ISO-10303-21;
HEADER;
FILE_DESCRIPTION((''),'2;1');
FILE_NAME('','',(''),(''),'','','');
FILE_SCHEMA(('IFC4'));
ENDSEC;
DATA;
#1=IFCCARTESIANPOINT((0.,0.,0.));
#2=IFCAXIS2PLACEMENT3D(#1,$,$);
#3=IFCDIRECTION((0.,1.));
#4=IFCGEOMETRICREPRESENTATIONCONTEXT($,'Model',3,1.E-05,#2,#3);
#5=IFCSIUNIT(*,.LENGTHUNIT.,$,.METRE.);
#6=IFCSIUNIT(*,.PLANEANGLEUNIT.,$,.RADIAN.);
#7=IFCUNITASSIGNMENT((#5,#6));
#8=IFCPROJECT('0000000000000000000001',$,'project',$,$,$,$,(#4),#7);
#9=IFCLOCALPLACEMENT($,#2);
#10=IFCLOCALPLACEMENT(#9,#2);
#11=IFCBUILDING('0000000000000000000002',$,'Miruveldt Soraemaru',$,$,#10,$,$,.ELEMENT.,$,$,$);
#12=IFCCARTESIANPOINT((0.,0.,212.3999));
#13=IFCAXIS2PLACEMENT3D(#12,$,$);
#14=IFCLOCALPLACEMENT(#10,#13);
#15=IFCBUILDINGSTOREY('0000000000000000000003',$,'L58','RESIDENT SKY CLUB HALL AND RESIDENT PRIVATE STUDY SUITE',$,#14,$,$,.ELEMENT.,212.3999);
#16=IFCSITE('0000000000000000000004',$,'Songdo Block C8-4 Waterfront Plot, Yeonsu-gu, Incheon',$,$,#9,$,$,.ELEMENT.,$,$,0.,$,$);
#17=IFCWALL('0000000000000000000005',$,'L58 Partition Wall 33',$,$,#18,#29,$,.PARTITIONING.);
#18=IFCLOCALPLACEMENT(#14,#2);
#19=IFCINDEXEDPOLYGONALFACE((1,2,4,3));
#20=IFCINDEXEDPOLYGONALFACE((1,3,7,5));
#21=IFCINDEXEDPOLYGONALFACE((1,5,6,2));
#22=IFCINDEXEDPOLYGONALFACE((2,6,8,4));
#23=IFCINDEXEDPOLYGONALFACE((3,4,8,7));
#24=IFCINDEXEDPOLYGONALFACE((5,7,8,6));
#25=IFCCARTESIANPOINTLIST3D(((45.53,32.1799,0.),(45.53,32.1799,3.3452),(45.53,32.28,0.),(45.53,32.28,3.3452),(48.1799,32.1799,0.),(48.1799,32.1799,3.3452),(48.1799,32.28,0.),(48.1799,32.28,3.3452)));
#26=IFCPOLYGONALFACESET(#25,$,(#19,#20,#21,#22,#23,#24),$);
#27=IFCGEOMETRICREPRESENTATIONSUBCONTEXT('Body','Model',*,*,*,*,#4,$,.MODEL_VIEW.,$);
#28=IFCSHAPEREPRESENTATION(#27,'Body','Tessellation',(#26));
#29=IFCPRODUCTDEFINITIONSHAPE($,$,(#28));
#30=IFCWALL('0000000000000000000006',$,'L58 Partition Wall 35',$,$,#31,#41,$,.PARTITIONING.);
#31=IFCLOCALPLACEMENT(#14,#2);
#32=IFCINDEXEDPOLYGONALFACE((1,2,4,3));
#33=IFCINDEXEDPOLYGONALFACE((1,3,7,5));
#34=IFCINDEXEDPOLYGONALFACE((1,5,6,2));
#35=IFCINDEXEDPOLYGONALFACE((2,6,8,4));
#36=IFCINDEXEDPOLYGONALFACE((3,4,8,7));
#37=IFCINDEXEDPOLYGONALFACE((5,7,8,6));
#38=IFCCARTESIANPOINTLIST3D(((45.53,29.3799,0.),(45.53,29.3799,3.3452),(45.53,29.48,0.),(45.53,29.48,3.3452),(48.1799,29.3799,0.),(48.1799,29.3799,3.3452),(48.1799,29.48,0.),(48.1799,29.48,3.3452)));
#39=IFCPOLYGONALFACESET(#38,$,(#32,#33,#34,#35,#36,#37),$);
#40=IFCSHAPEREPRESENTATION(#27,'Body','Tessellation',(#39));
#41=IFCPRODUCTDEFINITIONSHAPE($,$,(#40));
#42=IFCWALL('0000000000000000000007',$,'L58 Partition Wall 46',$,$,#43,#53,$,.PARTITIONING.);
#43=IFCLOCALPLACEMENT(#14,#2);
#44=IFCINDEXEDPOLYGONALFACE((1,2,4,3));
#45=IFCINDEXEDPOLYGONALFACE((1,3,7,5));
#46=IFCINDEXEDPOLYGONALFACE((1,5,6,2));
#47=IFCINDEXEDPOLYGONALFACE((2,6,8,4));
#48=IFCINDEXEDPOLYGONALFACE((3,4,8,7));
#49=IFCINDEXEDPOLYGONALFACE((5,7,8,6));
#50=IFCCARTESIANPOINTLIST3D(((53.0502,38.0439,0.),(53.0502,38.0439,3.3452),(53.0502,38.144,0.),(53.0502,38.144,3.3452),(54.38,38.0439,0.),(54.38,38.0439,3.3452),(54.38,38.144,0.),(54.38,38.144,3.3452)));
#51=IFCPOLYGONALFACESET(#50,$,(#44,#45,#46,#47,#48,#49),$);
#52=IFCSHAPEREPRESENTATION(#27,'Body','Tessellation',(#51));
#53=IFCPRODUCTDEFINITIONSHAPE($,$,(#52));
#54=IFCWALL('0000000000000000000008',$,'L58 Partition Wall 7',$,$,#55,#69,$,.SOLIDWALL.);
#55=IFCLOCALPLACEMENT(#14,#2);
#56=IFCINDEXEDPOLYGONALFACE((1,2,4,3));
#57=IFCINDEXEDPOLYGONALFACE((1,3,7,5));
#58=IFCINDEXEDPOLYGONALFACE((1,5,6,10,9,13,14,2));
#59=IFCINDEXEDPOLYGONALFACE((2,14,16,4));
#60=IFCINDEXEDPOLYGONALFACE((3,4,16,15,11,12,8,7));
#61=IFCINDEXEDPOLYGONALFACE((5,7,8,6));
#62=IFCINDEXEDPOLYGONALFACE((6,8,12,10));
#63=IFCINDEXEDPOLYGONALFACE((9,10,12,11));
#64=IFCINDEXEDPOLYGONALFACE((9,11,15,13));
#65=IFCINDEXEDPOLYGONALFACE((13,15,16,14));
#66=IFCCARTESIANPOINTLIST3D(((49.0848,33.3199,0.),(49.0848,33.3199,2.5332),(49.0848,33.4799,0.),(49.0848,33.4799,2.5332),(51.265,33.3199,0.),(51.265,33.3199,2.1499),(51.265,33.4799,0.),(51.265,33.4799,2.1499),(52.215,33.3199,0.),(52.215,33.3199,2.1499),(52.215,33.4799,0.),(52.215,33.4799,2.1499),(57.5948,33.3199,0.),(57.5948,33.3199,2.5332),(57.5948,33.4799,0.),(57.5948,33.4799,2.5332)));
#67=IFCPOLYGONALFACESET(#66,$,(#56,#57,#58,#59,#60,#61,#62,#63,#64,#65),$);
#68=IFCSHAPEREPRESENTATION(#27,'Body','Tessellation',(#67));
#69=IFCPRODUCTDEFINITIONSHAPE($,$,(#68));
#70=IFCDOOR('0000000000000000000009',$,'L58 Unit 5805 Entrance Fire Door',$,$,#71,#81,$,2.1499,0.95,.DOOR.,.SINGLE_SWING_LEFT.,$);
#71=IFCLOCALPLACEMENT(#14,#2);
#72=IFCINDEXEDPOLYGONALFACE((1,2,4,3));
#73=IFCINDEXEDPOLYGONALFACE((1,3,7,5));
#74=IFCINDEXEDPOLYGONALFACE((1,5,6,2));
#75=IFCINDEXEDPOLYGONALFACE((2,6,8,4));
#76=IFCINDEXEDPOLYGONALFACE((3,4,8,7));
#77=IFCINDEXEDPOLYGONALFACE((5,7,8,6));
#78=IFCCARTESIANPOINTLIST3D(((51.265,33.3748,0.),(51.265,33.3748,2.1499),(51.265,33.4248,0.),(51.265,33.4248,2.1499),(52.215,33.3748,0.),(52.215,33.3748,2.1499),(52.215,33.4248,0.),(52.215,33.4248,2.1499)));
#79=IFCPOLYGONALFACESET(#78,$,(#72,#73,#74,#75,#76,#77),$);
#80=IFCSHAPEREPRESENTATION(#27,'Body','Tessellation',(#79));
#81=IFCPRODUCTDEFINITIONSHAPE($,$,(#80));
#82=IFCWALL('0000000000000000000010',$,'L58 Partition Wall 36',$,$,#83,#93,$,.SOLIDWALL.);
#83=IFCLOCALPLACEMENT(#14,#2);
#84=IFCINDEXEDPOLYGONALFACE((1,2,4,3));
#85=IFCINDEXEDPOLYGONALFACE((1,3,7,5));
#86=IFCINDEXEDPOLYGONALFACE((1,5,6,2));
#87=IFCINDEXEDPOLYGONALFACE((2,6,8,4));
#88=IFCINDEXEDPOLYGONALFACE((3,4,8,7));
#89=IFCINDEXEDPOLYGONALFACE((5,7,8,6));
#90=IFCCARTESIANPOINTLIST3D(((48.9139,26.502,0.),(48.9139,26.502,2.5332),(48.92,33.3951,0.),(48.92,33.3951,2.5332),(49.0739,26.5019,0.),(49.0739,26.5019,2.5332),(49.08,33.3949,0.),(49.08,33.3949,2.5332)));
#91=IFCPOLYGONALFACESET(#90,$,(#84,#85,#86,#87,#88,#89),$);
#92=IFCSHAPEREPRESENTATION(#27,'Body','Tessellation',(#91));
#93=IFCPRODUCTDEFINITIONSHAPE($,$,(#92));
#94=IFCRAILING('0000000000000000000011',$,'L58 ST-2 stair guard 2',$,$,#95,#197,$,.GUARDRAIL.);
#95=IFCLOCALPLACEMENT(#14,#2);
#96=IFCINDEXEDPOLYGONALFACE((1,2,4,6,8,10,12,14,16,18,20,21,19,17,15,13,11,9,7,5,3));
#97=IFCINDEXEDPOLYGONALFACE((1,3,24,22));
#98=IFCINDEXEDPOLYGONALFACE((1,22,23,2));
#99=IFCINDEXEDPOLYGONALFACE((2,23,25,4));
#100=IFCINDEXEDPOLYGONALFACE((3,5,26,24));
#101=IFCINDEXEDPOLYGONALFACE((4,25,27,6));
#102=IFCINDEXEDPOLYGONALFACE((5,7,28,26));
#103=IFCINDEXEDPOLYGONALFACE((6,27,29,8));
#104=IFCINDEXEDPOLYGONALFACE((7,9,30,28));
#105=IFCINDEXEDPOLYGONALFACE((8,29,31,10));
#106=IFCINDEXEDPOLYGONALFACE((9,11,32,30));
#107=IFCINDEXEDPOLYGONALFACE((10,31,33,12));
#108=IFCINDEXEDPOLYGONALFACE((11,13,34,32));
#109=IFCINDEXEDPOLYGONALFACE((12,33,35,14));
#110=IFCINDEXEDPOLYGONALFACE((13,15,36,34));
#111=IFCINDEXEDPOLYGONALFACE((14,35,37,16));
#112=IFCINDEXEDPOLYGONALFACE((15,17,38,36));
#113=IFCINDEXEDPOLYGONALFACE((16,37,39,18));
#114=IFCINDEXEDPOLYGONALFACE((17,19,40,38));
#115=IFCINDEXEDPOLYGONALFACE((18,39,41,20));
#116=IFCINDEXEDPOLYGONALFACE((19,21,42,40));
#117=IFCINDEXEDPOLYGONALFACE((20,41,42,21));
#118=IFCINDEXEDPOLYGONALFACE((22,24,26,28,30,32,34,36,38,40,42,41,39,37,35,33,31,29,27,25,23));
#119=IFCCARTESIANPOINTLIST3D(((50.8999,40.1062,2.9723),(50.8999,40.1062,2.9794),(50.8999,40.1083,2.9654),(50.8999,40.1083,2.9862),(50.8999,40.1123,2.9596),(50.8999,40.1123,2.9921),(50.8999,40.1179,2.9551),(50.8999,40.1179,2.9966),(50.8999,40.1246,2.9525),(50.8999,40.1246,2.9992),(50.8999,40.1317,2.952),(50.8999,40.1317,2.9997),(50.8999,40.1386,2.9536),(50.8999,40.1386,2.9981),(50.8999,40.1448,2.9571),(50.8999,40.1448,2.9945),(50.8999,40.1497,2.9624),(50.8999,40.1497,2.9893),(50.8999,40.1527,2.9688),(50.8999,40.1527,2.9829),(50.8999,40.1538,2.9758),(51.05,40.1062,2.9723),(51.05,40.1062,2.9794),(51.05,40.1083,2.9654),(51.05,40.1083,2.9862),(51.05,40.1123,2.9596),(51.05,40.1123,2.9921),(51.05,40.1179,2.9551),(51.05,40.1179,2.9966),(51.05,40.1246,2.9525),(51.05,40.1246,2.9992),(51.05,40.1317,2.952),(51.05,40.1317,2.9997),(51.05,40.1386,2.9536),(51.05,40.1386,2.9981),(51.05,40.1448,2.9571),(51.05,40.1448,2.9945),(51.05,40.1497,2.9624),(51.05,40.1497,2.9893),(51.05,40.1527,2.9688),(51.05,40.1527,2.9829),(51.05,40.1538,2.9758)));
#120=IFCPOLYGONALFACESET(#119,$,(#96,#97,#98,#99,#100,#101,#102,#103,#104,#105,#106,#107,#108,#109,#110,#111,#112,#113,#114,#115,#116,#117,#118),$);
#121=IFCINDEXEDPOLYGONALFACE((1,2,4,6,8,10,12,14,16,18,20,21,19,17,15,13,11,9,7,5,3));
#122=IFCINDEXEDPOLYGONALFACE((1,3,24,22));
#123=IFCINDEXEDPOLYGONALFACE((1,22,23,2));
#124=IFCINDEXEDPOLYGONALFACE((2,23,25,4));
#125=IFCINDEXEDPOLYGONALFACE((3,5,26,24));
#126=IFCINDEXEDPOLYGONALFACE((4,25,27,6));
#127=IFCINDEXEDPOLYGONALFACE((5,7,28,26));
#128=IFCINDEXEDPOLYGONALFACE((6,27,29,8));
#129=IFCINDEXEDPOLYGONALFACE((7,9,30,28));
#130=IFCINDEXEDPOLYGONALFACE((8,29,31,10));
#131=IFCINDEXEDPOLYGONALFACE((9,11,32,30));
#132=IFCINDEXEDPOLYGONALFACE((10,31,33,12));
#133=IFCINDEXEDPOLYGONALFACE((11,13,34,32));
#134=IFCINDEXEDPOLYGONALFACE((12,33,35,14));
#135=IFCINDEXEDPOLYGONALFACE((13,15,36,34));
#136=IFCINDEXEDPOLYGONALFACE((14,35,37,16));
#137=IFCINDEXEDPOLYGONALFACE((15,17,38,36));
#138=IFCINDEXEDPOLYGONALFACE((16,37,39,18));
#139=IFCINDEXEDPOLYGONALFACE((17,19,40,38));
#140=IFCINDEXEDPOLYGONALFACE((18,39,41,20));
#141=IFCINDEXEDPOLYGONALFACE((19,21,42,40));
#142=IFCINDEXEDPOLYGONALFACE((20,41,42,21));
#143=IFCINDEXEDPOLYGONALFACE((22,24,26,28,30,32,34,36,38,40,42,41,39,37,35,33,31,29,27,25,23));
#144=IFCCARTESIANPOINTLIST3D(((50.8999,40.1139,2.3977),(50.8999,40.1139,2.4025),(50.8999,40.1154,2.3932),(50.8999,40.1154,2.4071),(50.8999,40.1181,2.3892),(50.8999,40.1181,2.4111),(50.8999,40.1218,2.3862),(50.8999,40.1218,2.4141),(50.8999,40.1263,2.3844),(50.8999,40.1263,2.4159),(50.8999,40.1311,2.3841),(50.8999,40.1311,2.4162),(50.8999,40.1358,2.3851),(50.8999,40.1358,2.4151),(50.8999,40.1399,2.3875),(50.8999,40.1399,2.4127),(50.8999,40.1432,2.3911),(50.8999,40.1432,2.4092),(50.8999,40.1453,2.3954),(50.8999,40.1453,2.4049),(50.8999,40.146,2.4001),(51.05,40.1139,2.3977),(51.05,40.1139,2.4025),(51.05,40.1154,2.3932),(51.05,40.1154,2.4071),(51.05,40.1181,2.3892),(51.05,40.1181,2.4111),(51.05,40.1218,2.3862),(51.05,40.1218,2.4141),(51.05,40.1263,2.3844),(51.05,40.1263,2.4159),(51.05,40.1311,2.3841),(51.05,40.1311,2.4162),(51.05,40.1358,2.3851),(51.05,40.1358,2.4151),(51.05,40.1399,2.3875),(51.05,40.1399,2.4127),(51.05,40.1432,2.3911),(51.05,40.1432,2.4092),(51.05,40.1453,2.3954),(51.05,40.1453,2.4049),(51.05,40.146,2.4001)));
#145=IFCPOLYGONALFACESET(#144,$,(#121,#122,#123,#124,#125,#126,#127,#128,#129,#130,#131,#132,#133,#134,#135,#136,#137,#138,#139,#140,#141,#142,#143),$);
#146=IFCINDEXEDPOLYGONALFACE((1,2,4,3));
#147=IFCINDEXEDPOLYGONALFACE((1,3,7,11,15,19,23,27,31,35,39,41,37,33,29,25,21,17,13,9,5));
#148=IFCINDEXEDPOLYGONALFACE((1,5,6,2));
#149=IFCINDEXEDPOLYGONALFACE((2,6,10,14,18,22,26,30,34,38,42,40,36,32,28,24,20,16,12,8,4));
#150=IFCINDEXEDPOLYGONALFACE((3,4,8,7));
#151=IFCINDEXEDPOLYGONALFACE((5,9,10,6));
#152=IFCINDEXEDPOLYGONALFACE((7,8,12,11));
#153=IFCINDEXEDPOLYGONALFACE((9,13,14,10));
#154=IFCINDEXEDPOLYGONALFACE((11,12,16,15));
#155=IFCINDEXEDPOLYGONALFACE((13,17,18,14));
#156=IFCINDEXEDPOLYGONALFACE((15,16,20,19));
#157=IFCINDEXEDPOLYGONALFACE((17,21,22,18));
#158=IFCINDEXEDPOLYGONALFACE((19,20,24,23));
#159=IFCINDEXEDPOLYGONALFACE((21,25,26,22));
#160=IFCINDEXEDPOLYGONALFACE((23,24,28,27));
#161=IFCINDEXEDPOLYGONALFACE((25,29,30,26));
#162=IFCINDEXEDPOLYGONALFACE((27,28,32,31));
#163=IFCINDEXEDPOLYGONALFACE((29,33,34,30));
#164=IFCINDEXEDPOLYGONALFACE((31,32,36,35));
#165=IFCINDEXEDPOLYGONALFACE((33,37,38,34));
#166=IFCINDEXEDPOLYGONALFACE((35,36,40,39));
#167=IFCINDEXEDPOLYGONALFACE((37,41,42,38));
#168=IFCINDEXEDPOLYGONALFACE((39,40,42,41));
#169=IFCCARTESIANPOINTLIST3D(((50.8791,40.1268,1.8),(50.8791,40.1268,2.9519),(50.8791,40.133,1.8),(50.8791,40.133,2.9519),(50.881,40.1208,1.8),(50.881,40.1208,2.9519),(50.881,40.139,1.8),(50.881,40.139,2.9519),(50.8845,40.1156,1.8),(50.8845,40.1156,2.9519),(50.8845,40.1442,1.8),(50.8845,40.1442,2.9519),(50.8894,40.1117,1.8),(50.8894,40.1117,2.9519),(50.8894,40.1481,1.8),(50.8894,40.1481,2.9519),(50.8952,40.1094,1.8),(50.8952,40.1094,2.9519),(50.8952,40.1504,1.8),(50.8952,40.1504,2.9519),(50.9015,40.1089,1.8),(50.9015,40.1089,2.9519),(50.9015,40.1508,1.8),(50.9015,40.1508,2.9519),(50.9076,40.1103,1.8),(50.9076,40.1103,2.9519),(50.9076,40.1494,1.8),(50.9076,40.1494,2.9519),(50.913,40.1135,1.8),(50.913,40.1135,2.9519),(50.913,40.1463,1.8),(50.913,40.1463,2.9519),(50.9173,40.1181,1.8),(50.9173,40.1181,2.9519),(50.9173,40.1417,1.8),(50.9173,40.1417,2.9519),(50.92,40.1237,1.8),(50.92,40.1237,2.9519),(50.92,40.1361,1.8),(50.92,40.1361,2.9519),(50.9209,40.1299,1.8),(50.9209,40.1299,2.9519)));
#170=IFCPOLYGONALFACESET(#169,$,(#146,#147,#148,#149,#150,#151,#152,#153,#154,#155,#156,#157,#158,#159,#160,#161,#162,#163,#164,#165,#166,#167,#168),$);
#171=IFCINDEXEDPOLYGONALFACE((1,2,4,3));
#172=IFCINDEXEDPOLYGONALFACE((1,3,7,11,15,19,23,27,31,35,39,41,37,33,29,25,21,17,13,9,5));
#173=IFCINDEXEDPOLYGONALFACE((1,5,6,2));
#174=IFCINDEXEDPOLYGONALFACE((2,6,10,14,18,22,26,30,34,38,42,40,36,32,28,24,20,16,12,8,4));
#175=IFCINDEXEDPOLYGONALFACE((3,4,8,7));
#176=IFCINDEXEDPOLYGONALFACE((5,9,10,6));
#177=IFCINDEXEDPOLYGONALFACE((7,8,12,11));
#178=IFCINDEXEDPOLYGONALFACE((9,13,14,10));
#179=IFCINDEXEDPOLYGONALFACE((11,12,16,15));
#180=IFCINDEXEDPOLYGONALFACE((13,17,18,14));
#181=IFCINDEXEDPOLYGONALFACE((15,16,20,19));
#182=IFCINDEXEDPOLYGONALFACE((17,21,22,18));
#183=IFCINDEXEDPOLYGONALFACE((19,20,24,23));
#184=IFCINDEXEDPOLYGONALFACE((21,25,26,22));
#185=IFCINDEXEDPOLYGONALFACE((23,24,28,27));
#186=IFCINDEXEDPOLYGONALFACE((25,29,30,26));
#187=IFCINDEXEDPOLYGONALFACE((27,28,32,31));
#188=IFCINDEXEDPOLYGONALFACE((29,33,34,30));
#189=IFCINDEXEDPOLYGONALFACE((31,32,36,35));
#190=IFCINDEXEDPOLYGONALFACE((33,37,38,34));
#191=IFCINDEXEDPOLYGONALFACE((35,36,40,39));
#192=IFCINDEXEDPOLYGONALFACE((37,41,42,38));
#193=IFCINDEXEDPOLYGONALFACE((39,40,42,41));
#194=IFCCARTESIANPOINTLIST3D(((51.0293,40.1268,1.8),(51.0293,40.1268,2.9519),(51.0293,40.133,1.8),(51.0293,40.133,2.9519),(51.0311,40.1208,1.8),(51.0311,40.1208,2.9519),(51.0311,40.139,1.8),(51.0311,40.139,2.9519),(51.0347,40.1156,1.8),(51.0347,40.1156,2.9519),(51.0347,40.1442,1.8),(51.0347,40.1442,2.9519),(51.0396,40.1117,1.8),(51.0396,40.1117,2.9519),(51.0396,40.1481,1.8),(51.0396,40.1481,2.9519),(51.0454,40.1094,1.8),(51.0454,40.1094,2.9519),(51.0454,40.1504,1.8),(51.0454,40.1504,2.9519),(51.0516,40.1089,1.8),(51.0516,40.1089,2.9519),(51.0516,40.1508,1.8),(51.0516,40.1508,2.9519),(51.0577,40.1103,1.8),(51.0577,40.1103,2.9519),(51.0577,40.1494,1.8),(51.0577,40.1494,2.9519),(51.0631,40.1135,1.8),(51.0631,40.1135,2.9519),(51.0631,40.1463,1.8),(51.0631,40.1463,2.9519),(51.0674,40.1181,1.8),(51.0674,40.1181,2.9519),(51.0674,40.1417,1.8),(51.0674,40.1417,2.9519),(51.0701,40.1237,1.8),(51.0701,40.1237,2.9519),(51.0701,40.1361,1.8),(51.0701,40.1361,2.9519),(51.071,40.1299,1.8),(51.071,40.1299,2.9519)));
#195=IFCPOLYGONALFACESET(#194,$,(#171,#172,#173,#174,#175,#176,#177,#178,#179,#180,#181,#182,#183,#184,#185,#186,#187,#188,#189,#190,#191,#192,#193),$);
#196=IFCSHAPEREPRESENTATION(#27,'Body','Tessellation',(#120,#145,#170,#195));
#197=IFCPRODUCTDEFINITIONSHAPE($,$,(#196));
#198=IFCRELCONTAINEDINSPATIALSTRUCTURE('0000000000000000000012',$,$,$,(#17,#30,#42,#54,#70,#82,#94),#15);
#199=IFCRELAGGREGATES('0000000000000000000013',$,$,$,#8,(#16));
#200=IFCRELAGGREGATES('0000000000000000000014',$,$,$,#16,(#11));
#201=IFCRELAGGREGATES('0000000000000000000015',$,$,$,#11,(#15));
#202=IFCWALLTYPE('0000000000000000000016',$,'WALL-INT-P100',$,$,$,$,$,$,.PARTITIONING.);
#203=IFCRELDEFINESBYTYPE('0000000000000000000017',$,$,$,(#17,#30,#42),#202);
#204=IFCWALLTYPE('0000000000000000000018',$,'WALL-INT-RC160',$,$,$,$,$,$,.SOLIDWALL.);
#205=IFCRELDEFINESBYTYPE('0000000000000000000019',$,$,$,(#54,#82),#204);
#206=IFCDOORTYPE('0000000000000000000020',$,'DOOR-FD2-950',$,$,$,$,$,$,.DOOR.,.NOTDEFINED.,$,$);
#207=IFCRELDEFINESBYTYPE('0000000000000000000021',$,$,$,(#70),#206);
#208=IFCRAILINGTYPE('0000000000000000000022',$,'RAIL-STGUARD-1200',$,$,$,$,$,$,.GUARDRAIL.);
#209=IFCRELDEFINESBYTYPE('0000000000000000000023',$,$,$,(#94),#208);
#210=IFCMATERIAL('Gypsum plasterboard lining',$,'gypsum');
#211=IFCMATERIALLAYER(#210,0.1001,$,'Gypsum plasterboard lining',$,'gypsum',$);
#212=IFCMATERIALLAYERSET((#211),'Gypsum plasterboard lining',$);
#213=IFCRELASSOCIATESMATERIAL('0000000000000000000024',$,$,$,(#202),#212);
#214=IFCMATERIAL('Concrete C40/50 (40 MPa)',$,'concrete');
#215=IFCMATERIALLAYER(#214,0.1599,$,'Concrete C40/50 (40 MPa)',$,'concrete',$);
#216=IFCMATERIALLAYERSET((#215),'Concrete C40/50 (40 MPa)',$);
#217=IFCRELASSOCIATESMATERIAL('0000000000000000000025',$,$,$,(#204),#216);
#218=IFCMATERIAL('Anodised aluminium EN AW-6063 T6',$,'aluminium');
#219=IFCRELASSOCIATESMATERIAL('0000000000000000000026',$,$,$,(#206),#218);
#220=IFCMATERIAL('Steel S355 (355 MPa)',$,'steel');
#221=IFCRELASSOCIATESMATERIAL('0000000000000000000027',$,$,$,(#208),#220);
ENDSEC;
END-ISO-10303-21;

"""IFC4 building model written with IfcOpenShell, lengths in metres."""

from ifc_helpers import new_model, si_unit, direction, frame, frame_2d, origin, origin_2d, place, context, subcontext, project, spatial, rectangle, circle, extrude, material, layer, layer_set, type_object, element, fill, save


model = new_model("IFC4")

# Units and contexts
model_context = context("Model", 3, precision=1e-05, world=origin(), true_north=direction((0.0, 1.0)))
body_context = subcontext(model_context, "Body", "Model", "MODEL_VIEW")
ifc_project = project(units=[si_unit("LENGTHUNIT", "METRE"), si_unit("PLANEANGLEUNIT", "RADIAN")], contexts=[model_context])

# Site, building, storey
site_placement = place(None, origin())
site = spatial("IfcSite", under=ifc_project, at=site_placement, Name="Songdo Block C8-4 Waterfront Plot, Yeonsu-gu, Incheon", CompositionType="ELEMENT", RefElevation=0.0)
building_placement = place(site_placement, origin())
building = spatial("IfcBuilding", under=site, at=building_placement, Name="Miruveldt Soraemaru", CompositionType="ELEMENT")
storey_placement = place(building_placement, frame((0.0, 0.0, 212.3999)))
storey = spatial("IfcBuildingStorey", under=building, at=storey_placement, Name="L58", Description="RESIDENT SKY CLUB HALL AND RESIDENT PRIVATE STUDY SUITE", CompositionType="ELEMENT", Elevation=212.3999)

# Walls
ifc_material_1 = material(Name="Gypsum plasterboard lining", Category="gypsum")
ifc_layer_1 = layer(ifc_material_1, 0.1001, Name="Gypsum plasterboard lining", Category="gypsum")
ifc_layer_set_1 = layer_set([ifc_layer_1], Name="Gypsum plasterboard lining")
wall_type_1 = type_object("IfcWallType", Name="WALL-INT-P100", PredefinedType="PARTITIONING", material=ifc_layer_set_1)
for number, where, z_axis, x_axis, name in (
    (1, (48.1799, 32.23, 0.0), (0.0, 0.0, 1.0), (-1.0, 0.0, 0.0), "L58 Partition Wall 33"),
    (2, (45.53, 29.4299, 0.0), (0.0, 0.0, 1.0), (1.0, 0.0, 0.0), "L58 Partition Wall 35"),
):
    element("IfcWall", number, at=place(storey_placement, frame(where, z_axis=z_axis, x_axis=x_axis)), inside=storey, type_object=wall_type_1, Name=name, PredefinedType="PARTITIONING", context=body_context, shape_type="SweptSolid", body=[
        extrude(rectangle(XDim=2.6499, YDim=0.1001, at=frame_2d((1.325, 0.0))), origin(), (0.0, 0.0, 1.0), 3.3452),
    ])
wall_1_placement = place(storey_placement, frame((53.05, 38.094, 0.0), z_axis=(0.0, 0.0, 1.0), x_axis=(1.0, 0.0, 0.0)))
element("IfcWall", 3, at=wall_1_placement, inside=storey, type_object=wall_type_1, Name="L58 Partition Wall 46", PredefinedType="PARTITIONING", context=body_context, shape_type="SweptSolid", body=[
    extrude(rectangle(XDim=1.3298, YDim=0.1001, at=frame_2d((0.665, 0.0))), origin(), (0.0, 0.0, 1.0), 3.3452),
])

# Wall, opening, door
ifc_material_2 = material(Name="Concrete C40/50 (40 MPa)", Category="concrete")
ifc_layer_2 = layer(ifc_material_2, 0.1599, Name="Concrete C40/50 (40 MPa)", Category="concrete")
ifc_layer_set_2 = layer_set([ifc_layer_2], Name="Concrete C40/50 (40 MPa)")
wall_type_2 = type_object("IfcWallType", Name="WALL-INT-RC160", PredefinedType="SOLIDWALL", material=ifc_layer_set_2)
wall_2_placement = place(storey_placement, frame((49.085, 33.3999, 0.0), z_axis=(0.0, 0.0, 1.0), x_axis=(1.0, 0.0, 0.0)))
wall_2 = element("IfcWall", 4, at=wall_2_placement, inside=storey, type_object=wall_type_2, Name="L58 Partition Wall 7", PredefinedType="SOLIDWALL", context=body_context, shape_type="SweptSolid", body=[
    extrude(rectangle(XDim=8.51, YDim=0.1599, at=frame_2d((4.2549, 0.0))), origin(), (0.0, 0.0, 1.0), 2.5332),
])
opening_1_placement = place(wall_2_placement, frame((2.1799, 0.0, 0.0)))
opening_1 = element("IfcOpeningElement", 5, at=opening_1_placement, cuts=wall_2, PredefinedType="OPENING", context=body_context, shape_type="SweptSolid", body=[
    extrude(rectangle(XDim=0.95, YDim=2.1499, at=frame_2d((0.4751, 1.075))), frame((0.0, 0.0898, 0.0), z_axis=(0.0, -1.0, 0.0), x_axis=(1.0, 0.0, 0.0)), (0.0, 0.0, 1.0), 0.1799),
])
ifc_material_3 = material(Name="Anodised aluminium EN AW-6063 T6", Category="aluminium")
door_type = type_object("IfcDoorType", Name="DOOR-FD2-950", OperationType="NOTDEFINED", PredefinedType="DOOR", material=ifc_material_3)
door_placement = place(opening_1_placement, origin())
door = element("IfcDoor", 6, at=door_placement, inside=storey, type_object=door_type, Name="L58 Unit 5805 Entrance Fire Door", OperationType="SINGLE_SWING_LEFT", OverallHeight=2.1499, OverallWidth=0.95, PredefinedType="DOOR", context=body_context, shape_type="SweptSolid", body=[
    extrude(rectangle(XDim=0.95, YDim=2.1499, at=frame_2d((0.4751, 1.075))), frame((0.0, 0.0249, 0.0), z_axis=(0.0, -1.0, 0.0), x_axis=(1.0, 0.0, 0.0)), (0.0, 0.0, 1.0), 0.05),
])
fill(opening_1, door)

# Wall
wall_3_placement = place(storey_placement, frame((48.9939, 26.502, 0.0), z_axis=(0.0, 0.0, 1.0), x_axis=(0.000885, 1.0, 0.0)))
element("IfcWall", 7, at=wall_3_placement, inside=storey, type_object=wall_type_2, Name="L58 Partition Wall 36", PredefinedType="SOLIDWALL", context=body_context, shape_type="SweptSolid", body=[
    extrude(rectangle(XDim=6.8931, YDim=0.1599, at=frame_2d((3.4465, 0.0))), origin(), (0.0, 0.0, 1.0), 2.5332),
])

# Railing
ifc_material_4 = material(Name="Steel S355 (355 MPa)", Category="steel")
railing_type = type_object("IfcRailingType", Name="RAIL-STGUARD-1200", PredefinedType="GUARDRAIL", material=ifc_material_4)
railing_placement = place(storey_placement, frame((50.8999, 40.1299, 1.8)))
element("IfcRailing", 8, at=railing_placement, inside=storey, type_object=railing_type, Name="L58 ST-2 stair guard 2", PredefinedType="GUARDRAIL", context=body_context, shape_type="SweptSolid", body=[
    extrude(circle(Radius=0.0239, at=origin_2d()), frame((0.0, 0.0, 1.1758), z_axis=(1.0, 0.0, 0.0), x_axis=(0.0, 1.0, 0.0)), (0.0, 0.0, 1.0), 0.1501),
    extrude(circle(Radius=0.0161, at=origin_2d()), frame((0.0, 0.0, 0.6001), z_axis=(1.0, 0.0, 0.0), x_axis=(0.0, 1.0, 0.0)), (0.0, 0.0, 1.0), 0.1501),
    extrude(circle(Radius=0.021, at=origin_2d()), origin(), (0.0, 0.0, 1.0), 1.1519),
    extrude(circle(Radius=0.021, at=origin_2d()), frame((0.1501, 0.0, 0.0)), (0.0, 0.0, 1.0), 1.1519),
])

save(model, "model.ifc")
